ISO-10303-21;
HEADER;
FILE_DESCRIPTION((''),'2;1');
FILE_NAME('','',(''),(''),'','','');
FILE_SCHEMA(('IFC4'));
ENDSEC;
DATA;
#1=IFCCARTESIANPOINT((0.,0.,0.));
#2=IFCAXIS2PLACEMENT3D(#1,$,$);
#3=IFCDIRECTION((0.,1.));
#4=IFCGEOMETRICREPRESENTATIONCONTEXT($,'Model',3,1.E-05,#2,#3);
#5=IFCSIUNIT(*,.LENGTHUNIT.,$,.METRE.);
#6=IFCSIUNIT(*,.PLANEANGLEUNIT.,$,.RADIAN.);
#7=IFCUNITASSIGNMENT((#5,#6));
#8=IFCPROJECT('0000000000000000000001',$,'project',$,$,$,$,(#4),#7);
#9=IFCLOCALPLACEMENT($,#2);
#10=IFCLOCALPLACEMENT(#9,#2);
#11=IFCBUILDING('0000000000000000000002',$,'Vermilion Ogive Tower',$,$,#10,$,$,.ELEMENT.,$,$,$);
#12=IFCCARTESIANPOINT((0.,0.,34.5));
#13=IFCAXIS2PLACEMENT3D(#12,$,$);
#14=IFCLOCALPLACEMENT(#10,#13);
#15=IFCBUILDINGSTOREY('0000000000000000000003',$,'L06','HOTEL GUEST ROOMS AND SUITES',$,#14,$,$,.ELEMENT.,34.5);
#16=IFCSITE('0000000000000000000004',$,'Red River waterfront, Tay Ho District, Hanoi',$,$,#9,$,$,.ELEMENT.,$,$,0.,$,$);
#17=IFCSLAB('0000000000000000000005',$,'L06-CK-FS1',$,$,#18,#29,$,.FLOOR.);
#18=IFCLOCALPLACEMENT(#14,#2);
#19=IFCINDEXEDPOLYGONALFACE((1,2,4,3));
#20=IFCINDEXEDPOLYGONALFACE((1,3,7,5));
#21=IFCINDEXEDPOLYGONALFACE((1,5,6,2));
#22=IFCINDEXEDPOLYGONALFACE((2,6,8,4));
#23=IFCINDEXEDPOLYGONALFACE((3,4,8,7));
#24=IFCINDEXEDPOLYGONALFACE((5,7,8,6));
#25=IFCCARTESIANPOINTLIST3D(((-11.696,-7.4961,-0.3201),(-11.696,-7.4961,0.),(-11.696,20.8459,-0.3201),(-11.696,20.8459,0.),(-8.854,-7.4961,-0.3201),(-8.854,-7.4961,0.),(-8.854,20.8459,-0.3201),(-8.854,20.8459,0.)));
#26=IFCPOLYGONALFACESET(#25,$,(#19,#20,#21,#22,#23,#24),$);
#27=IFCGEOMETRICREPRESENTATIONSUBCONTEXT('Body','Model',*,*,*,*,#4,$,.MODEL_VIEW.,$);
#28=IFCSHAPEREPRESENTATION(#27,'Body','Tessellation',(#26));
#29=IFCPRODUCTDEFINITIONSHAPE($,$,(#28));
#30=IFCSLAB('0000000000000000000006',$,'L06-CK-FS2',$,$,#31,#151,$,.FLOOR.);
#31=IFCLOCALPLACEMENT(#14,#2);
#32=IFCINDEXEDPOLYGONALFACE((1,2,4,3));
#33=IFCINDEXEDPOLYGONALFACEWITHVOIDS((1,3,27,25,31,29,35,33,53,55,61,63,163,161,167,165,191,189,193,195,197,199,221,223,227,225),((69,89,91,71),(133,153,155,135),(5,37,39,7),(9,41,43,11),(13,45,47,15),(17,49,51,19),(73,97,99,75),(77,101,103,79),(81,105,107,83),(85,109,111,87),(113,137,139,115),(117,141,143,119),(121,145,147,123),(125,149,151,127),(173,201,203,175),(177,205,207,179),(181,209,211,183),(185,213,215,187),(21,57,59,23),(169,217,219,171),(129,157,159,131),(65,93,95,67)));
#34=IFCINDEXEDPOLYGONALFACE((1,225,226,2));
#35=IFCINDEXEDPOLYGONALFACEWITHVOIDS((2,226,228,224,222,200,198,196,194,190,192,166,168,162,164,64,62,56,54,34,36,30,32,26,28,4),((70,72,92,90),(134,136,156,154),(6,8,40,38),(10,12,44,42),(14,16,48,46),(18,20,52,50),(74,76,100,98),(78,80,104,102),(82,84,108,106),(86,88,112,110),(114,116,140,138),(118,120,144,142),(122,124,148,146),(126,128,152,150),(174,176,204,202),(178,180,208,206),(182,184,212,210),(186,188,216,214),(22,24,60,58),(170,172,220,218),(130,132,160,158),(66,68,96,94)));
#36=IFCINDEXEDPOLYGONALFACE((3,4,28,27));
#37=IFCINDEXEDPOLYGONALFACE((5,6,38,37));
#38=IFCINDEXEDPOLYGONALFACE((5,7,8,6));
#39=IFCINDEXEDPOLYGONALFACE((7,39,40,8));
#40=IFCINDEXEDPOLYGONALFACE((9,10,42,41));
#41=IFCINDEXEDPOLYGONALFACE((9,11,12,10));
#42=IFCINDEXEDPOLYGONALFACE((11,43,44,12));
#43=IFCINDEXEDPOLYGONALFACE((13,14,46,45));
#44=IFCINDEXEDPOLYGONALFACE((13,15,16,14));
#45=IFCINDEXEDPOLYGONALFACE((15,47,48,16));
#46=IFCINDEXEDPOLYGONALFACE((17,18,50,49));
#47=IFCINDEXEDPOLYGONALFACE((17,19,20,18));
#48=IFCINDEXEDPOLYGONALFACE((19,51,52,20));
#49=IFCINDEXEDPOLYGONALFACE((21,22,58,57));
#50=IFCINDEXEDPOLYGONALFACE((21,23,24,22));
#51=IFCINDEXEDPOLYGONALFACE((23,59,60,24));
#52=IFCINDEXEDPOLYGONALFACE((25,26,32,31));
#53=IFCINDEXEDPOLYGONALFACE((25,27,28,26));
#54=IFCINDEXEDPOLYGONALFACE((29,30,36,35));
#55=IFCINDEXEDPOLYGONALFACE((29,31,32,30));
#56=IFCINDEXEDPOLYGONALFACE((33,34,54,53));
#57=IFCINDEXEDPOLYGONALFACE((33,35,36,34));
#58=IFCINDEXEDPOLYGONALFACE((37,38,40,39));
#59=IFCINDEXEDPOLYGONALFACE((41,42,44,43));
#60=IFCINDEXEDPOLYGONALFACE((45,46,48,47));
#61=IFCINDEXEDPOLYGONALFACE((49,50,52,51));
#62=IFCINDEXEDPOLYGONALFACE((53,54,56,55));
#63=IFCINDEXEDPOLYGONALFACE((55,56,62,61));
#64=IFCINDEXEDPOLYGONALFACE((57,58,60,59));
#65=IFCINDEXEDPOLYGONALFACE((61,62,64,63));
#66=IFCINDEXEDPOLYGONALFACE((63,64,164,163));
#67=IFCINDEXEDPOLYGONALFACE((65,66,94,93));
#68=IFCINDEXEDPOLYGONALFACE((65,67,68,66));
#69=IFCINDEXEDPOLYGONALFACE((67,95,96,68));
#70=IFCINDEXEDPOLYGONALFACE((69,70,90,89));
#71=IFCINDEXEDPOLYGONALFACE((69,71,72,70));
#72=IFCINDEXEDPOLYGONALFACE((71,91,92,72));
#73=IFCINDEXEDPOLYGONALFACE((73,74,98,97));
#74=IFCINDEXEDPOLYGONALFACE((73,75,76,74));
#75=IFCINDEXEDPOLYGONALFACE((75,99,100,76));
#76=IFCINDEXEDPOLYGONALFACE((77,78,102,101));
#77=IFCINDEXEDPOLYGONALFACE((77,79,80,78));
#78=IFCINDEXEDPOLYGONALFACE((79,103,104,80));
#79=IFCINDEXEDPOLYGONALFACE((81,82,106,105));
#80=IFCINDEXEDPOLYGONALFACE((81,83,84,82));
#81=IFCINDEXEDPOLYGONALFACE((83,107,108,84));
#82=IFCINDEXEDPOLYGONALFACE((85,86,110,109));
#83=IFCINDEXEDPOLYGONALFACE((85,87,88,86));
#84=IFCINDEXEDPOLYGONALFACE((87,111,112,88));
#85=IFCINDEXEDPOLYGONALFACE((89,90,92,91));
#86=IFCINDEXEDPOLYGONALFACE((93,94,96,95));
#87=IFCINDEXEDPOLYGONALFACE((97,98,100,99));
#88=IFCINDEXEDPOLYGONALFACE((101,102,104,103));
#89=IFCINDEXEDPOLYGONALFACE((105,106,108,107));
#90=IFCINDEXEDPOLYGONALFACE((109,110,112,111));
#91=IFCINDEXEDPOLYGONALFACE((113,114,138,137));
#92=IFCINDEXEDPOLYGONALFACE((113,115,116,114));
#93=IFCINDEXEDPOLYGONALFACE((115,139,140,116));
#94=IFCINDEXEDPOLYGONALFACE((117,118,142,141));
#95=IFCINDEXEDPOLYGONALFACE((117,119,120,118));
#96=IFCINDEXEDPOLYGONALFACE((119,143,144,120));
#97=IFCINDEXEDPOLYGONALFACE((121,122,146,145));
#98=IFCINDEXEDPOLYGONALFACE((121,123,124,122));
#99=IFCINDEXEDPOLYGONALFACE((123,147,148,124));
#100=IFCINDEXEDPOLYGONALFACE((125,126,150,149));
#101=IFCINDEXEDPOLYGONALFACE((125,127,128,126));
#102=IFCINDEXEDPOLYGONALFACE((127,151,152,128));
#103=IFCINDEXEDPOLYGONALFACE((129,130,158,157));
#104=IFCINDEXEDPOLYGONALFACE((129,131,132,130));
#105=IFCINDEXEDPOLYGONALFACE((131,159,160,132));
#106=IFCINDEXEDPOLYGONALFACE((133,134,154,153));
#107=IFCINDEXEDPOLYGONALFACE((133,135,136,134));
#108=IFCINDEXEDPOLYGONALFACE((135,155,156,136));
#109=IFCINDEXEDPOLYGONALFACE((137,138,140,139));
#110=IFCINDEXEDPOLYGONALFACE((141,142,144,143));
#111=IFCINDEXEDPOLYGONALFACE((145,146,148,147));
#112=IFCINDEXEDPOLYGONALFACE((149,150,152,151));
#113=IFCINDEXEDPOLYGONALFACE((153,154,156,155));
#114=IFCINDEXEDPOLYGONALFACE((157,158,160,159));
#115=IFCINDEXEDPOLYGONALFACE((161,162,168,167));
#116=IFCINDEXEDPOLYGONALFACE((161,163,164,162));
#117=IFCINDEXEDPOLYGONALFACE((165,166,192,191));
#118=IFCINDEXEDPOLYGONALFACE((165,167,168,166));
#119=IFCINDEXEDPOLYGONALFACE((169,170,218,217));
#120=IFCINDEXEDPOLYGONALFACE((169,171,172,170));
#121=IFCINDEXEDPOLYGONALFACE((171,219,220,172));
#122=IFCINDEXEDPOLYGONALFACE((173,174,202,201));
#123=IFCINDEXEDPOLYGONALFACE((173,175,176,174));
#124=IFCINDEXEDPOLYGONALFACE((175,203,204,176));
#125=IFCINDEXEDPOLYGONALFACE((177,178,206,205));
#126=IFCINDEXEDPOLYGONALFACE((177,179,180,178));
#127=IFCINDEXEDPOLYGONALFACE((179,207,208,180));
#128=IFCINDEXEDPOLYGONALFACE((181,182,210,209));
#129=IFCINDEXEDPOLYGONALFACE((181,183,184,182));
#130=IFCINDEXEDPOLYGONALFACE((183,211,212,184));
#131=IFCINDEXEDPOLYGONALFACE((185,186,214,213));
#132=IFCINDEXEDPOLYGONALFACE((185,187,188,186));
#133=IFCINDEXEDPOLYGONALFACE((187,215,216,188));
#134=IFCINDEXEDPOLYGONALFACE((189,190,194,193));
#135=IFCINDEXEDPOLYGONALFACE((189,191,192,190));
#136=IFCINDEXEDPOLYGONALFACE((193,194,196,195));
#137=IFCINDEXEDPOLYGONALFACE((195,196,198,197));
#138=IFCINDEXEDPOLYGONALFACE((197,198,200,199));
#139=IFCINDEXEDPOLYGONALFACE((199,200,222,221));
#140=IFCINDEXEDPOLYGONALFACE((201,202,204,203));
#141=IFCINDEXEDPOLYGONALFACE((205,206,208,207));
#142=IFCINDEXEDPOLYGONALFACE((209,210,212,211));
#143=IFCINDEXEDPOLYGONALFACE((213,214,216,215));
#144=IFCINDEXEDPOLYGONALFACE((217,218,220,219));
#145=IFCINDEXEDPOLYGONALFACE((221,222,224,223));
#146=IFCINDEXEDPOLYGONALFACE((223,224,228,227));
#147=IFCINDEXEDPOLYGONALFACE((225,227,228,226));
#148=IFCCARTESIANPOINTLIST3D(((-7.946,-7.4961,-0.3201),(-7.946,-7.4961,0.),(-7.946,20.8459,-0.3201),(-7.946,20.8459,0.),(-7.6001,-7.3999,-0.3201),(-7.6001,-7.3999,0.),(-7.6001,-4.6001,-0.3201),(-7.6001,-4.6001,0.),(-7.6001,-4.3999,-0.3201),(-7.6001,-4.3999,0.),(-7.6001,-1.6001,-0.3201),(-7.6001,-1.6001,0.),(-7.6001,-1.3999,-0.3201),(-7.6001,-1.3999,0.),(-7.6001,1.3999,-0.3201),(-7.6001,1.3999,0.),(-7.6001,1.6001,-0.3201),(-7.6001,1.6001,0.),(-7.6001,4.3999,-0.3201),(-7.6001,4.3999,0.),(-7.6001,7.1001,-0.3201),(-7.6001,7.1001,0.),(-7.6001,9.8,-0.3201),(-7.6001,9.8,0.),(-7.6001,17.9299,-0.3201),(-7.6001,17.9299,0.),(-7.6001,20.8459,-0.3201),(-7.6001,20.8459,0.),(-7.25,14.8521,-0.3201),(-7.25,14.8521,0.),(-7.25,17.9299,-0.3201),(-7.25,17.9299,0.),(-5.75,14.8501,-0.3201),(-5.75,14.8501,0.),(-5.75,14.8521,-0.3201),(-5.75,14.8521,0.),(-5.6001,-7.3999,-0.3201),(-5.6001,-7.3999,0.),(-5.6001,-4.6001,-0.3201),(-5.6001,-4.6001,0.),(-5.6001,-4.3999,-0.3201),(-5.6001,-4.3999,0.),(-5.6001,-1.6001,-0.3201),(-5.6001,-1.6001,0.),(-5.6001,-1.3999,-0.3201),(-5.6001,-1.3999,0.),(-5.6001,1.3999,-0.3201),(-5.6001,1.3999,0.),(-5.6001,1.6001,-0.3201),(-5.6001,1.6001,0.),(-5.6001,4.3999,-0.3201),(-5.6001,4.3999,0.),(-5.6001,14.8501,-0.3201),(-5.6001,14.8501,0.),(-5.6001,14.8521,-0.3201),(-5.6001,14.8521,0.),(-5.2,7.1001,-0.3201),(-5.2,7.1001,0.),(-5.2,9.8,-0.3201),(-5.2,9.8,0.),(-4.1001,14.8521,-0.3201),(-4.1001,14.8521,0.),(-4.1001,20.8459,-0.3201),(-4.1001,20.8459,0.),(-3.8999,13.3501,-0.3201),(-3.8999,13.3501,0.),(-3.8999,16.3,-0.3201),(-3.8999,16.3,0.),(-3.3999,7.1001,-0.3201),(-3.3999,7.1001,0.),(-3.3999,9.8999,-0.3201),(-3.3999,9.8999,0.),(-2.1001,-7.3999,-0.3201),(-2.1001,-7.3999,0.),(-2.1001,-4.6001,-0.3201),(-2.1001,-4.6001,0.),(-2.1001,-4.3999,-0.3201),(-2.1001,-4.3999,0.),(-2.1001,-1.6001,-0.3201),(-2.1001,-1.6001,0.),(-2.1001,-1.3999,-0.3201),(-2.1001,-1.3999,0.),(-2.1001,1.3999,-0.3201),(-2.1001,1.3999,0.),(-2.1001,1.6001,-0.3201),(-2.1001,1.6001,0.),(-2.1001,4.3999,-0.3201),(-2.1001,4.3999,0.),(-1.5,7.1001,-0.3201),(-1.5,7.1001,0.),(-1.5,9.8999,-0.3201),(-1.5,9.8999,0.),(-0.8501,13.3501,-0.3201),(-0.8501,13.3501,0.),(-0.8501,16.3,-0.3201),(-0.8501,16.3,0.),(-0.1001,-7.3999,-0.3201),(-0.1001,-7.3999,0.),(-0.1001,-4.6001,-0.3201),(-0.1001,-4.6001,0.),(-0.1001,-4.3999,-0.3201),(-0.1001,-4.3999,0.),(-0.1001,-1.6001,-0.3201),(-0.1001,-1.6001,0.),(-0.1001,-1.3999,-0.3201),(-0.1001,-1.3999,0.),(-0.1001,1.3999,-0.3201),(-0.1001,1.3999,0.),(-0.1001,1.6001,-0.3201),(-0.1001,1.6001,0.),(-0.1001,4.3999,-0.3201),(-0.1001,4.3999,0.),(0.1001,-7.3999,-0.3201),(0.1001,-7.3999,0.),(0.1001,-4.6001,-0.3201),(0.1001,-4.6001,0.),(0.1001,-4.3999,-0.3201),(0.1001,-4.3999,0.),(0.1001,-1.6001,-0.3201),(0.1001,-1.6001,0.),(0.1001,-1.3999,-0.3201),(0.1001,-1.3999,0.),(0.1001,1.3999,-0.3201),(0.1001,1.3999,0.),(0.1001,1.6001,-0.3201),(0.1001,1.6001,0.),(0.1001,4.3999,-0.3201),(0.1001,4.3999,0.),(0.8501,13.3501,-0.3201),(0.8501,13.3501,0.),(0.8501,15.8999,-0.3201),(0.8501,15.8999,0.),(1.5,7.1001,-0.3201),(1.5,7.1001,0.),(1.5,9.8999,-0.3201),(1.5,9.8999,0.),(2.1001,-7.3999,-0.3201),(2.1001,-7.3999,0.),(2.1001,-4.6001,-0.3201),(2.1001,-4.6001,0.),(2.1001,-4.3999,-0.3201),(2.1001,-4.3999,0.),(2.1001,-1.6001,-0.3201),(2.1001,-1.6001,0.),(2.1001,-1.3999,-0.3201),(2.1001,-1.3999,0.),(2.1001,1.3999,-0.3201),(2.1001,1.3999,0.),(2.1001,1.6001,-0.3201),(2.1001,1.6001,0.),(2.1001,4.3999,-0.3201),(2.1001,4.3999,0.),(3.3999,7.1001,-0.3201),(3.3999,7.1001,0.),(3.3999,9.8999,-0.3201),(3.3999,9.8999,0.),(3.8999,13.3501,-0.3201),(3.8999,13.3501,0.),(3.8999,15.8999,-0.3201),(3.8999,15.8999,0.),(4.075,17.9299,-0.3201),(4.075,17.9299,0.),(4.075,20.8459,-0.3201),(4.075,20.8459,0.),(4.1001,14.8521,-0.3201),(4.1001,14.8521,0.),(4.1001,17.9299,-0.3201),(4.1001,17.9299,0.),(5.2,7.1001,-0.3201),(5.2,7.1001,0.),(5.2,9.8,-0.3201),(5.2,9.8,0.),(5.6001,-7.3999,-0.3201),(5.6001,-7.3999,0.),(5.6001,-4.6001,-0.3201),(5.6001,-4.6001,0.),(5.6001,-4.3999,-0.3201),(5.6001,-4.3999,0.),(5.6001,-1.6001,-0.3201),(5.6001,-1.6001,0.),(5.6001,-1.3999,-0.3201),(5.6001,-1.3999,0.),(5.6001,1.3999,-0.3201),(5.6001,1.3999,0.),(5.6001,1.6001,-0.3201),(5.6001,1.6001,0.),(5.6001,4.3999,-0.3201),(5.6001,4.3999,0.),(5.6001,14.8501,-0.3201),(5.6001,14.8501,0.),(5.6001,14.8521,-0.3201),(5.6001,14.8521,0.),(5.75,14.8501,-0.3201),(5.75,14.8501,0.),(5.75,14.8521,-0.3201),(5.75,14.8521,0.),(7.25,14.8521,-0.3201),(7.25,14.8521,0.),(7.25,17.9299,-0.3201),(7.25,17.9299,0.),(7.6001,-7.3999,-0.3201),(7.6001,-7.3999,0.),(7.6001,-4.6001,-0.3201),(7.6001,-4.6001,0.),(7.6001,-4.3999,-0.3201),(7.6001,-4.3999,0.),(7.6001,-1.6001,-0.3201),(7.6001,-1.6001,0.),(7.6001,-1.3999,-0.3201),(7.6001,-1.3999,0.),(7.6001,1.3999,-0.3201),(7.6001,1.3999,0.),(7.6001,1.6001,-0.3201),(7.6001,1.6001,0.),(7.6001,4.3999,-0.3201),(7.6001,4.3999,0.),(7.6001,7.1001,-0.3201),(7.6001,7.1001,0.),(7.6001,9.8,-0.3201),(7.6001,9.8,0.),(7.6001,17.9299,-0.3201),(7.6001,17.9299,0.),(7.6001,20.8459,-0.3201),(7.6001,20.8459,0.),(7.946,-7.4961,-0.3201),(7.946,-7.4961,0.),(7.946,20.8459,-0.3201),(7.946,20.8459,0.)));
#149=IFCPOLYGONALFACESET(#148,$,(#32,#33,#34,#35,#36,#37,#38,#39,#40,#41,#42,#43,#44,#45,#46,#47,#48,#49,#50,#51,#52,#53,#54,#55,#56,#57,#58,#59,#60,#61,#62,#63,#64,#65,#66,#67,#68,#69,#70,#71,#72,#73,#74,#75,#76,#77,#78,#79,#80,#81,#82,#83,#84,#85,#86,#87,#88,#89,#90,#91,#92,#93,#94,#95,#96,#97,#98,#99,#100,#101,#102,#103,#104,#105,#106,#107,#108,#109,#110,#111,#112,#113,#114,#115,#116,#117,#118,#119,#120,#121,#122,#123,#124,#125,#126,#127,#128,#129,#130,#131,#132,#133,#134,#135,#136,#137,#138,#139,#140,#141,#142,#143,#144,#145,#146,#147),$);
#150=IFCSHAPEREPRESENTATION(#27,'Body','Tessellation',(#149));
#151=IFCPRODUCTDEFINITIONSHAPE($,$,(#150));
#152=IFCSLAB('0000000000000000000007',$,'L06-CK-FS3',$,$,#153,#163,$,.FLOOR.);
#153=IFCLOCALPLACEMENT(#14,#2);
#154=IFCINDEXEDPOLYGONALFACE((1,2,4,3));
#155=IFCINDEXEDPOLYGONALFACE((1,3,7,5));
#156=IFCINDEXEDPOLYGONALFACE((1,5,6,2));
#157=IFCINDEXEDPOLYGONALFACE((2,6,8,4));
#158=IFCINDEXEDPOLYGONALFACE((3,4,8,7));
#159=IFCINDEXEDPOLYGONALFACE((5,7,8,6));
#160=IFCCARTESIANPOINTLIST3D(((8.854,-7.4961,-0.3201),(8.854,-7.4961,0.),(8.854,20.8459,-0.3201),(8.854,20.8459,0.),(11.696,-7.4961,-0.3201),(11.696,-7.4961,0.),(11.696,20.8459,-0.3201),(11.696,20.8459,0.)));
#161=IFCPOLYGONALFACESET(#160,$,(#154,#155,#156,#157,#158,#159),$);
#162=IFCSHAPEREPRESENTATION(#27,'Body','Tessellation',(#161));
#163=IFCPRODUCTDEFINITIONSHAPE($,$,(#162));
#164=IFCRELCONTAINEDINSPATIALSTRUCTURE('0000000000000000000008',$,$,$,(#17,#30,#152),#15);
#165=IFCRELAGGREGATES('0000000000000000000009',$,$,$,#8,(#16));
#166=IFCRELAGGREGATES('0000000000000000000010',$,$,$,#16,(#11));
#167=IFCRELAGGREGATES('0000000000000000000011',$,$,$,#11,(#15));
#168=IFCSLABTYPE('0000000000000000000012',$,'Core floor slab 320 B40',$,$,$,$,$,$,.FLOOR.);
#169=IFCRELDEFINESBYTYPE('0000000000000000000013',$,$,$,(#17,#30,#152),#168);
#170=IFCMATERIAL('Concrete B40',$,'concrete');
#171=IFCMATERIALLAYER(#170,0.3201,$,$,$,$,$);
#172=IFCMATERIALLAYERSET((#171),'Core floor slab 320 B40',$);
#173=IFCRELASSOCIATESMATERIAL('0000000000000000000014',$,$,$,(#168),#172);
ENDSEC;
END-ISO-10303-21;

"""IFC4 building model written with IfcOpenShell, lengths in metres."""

from ifc_helpers import new_model, si_unit, direction, frame, origin, place, context, subcontext, project, spatial, polyline, outline, extrude, material, layer, layer_set, type_object, element, save


model = new_model("IFC4")

# Units and contexts
model_context = context("Model", 3, precision=1e-05, world=origin(), true_north=direction((0.0, 1.0)))
body_context = subcontext(model_context, "Body", "Model", "MODEL_VIEW")
ifc_project = project(units=[si_unit("LENGTHUNIT", "METRE"), si_unit("PLANEANGLEUNIT", "RADIAN")], contexts=[model_context])

# Site, building, storey
site_placement = place(None, origin())
site = spatial("IfcSite", under=ifc_project, at=site_placement, Name="Red River waterfront, Tay Ho District, Hanoi", CompositionType="ELEMENT", RefElevation=0.0)
building_placement = place(site_placement, origin())
building = spatial("IfcBuilding", under=site, at=building_placement, Name="Vermilion Ogive Tower", CompositionType="ELEMENT")
storey_placement = place(building_placement, frame((0.0, 0.0, 34.5)))
storey = spatial("IfcBuildingStorey", under=building, at=storey_placement, Name="L06", Description="HOTEL GUEST ROOMS AND SUITES", CompositionType="ELEMENT", Elevation=34.5)

# Slabs
ifc_material_1 = material(Name="Concrete B40", Category="concrete")
ifc_layer_1 = layer(ifc_material_1, 0.3201)
ifc_layer_set_1 = layer_set([ifc_layer_1], Name="Core floor slab 320 B40")
slab_type_1 = type_object("IfcSlabType", Name="Core floor slab 320 B40", PredefinedType="FLOOR", material=ifc_layer_set_1)
slab_1_placement = place(storey_placement, frame((0.0, 0.0, -0.3201)))
element("IfcSlab", 1, at=slab_1_placement, inside=storey, type_object=slab_type_1, Name="L06-CK-FS1", PredefinedType="FLOOR", context=body_context, shape_type="SweptSolid", body=[
    extrude(outline(polyline([(-8.854, -7.4961), (-11.696, -7.4961), (-11.696, 20.8459), (-8.854, 20.8459), (-8.854, -7.4961)])), origin(), (0.0, 0.0, 1.0), 0.3201),
])
slab_2_placement = place(storey_placement, frame((0.0, 0.0, -0.3201)))
element("IfcSlab", 2, at=slab_2_placement, inside=storey, type_object=slab_type_1, Name="L06-CK-FS2", PredefinedType="FLOOR", context=body_context, shape_type="SweptSolid", body=[
    extrude(outline(polyline([(5.75, 14.8501), (5.6001, 14.8501), (5.6001, 14.8521), (4.1001, 14.8521), (4.1001, 17.9299), (4.075, 17.9299), (4.075, 20.8459), (-4.1001, 20.8459), (-4.1001, 14.8521), (-5.6001, 14.8521), (-5.6001, 14.8501), (-5.75, 14.8501), (-5.75, 14.8521), (-7.25, 14.8521), (-7.25, 17.9299), (-7.6001, 17.9299), (-7.6001, 20.8459), (-7.946, 20.8459), (-7.946, -7.4961), (7.946, -7.4961), (7.946, 20.8459), (7.6001, 20.8459), (7.6001, 17.9299), (7.25, 17.9299), (7.25, 14.8521), (5.75, 14.8521), (5.75, 14.8501)]), holes=[polyline([(-7.6001, -4.6001), (-5.6001, -4.6001), (-5.6001, -7.3999), (-7.6001, -7.3999), (-7.6001, -4.6001)]), polyline([(-2.1001, -4.6001), (-0.1001, -4.6001), (-0.1001, -7.3999), (-2.1001, -7.3999), (-2.1001, -4.6001)]), polyline([(-7.6001, -1.6001), (-5.6001, -1.6001), (-5.6001, -4.3999), (-7.6001, -4.3999), (-7.6001, -1.6001)]), polyline([(-2.1001, -1.6001), (-0.1001, -1.6001), (-0.1001, -4.3999), (-2.1001, -4.3999), (-2.1001, -1.6001)]), polyline([(-7.6001, -1.3999), (-7.6001, 1.3999), (-5.6001, 1.3999), (-5.6001, -1.3999), (-7.6001, -1.3999)]), polyline([(-2.1001, 1.3999), (-0.1001, 1.3999), (-0.1001, -1.3999), (-2.1001, -1.3999), (-2.1001, 1.3999)]), polyline([(-7.6001, 4.3999), (-5.6001, 4.3999), (-5.6001, 1.6001), (-7.6001, 1.6001), (-7.6001, 4.3999)]), polyline([(-2.1001, 4.3999), (-0.1001, 4.3999), (-0.1001, 1.6001), (-2.1001, 1.6001), (-2.1001, 4.3999)]), polyline([(-7.6001, 9.8), (-5.2, 9.8), (-5.2, 7.1001), (-7.6001, 7.1001), (-7.6001, 9.8)]), polyline([(-3.3999, 9.8999), (-1.5, 9.8999), (-1.5, 7.1001), (-3.3999, 7.1001), (-3.3999, 9.8999)]), polyline([(-3.8999, 16.3), (-0.8501, 16.3), (-0.8501, 13.3501), (-3.8999, 13.3501), (-3.8999, 16.3)]), polyline([(0.1001, -4.6001), (2.1001, -4.6001), (2.1001, -7.3999), (0.1001, -7.3999), (0.1001, -4.6001)]), polyline([(5.6001, -4.6001), (7.6001, -4.6001), (7.6001, -7.3999), (5.6001, -7.3999), (5.6001, -4.6001)]), polyline([(0.1001, -1.6001), (2.1001, -1.6001), (2.1001, -4.3999), (0.1001, -4.3999), (0.1001, -1.6001)]), polyline([(5.6001, -1.6001), (7.6001, -1.6001), (7.6001, -4.3999), (5.6001, -4.3999), (5.6001, -1.6001)]), polyline([(0.1001, 1.3999), (2.1001, 1.3999), (2.1001, -1.3999), (0.1001, -1.3999), (0.1001, 1.3999)]), polyline([(5.6001, 1.3999), (7.6001, 1.3999), (7.6001, -1.3999), (5.6001, -1.3999), (5.6001, 1.3999)]), polyline([(0.1001, 4.3999), (2.1001, 4.3999), (2.1001, 1.6001), (0.1001, 1.6001), (0.1001, 4.3999)]), polyline([(5.6001, 4.3999), (7.6001, 4.3999), (7.6001, 1.6001), (5.6001, 1.6001), (5.6001, 4.3999)]), polyline([(5.2, 9.8), (7.6001, 9.8), (7.6001, 7.1001), (5.2, 7.1001), (5.2, 9.8)]), polyline([(1.5, 9.8999), (3.3999, 9.8999), (3.3999, 7.1001), (1.5, 7.1001), (1.5, 9.8999)]), polyline([(0.8501, 15.8999), (3.8999, 15.8999), (3.8999, 13.3501), (0.8501, 13.3501), (0.8501, 15.8999)])]), origin(), (0.0, 0.0, 1.0), 0.3201),
])
slab_3_placement = place(storey_placement, frame((0.0, 0.0, -0.3201)))
element("IfcSlab", 3, at=slab_3_placement, inside=storey, type_object=slab_type_1, Name="L06-CK-FS3", PredefinedType="FLOOR", context=body_context, shape_type="SweptSolid", body=[
    extrude(outline(polyline([(8.854, 20.8459), (11.696, 20.8459), (11.696, -7.4961), (8.854, -7.4961), (8.854, 20.8459)])), origin(), (0.0, 0.0, 1.0), 0.3201),
])

save(model, "model.ifc")
